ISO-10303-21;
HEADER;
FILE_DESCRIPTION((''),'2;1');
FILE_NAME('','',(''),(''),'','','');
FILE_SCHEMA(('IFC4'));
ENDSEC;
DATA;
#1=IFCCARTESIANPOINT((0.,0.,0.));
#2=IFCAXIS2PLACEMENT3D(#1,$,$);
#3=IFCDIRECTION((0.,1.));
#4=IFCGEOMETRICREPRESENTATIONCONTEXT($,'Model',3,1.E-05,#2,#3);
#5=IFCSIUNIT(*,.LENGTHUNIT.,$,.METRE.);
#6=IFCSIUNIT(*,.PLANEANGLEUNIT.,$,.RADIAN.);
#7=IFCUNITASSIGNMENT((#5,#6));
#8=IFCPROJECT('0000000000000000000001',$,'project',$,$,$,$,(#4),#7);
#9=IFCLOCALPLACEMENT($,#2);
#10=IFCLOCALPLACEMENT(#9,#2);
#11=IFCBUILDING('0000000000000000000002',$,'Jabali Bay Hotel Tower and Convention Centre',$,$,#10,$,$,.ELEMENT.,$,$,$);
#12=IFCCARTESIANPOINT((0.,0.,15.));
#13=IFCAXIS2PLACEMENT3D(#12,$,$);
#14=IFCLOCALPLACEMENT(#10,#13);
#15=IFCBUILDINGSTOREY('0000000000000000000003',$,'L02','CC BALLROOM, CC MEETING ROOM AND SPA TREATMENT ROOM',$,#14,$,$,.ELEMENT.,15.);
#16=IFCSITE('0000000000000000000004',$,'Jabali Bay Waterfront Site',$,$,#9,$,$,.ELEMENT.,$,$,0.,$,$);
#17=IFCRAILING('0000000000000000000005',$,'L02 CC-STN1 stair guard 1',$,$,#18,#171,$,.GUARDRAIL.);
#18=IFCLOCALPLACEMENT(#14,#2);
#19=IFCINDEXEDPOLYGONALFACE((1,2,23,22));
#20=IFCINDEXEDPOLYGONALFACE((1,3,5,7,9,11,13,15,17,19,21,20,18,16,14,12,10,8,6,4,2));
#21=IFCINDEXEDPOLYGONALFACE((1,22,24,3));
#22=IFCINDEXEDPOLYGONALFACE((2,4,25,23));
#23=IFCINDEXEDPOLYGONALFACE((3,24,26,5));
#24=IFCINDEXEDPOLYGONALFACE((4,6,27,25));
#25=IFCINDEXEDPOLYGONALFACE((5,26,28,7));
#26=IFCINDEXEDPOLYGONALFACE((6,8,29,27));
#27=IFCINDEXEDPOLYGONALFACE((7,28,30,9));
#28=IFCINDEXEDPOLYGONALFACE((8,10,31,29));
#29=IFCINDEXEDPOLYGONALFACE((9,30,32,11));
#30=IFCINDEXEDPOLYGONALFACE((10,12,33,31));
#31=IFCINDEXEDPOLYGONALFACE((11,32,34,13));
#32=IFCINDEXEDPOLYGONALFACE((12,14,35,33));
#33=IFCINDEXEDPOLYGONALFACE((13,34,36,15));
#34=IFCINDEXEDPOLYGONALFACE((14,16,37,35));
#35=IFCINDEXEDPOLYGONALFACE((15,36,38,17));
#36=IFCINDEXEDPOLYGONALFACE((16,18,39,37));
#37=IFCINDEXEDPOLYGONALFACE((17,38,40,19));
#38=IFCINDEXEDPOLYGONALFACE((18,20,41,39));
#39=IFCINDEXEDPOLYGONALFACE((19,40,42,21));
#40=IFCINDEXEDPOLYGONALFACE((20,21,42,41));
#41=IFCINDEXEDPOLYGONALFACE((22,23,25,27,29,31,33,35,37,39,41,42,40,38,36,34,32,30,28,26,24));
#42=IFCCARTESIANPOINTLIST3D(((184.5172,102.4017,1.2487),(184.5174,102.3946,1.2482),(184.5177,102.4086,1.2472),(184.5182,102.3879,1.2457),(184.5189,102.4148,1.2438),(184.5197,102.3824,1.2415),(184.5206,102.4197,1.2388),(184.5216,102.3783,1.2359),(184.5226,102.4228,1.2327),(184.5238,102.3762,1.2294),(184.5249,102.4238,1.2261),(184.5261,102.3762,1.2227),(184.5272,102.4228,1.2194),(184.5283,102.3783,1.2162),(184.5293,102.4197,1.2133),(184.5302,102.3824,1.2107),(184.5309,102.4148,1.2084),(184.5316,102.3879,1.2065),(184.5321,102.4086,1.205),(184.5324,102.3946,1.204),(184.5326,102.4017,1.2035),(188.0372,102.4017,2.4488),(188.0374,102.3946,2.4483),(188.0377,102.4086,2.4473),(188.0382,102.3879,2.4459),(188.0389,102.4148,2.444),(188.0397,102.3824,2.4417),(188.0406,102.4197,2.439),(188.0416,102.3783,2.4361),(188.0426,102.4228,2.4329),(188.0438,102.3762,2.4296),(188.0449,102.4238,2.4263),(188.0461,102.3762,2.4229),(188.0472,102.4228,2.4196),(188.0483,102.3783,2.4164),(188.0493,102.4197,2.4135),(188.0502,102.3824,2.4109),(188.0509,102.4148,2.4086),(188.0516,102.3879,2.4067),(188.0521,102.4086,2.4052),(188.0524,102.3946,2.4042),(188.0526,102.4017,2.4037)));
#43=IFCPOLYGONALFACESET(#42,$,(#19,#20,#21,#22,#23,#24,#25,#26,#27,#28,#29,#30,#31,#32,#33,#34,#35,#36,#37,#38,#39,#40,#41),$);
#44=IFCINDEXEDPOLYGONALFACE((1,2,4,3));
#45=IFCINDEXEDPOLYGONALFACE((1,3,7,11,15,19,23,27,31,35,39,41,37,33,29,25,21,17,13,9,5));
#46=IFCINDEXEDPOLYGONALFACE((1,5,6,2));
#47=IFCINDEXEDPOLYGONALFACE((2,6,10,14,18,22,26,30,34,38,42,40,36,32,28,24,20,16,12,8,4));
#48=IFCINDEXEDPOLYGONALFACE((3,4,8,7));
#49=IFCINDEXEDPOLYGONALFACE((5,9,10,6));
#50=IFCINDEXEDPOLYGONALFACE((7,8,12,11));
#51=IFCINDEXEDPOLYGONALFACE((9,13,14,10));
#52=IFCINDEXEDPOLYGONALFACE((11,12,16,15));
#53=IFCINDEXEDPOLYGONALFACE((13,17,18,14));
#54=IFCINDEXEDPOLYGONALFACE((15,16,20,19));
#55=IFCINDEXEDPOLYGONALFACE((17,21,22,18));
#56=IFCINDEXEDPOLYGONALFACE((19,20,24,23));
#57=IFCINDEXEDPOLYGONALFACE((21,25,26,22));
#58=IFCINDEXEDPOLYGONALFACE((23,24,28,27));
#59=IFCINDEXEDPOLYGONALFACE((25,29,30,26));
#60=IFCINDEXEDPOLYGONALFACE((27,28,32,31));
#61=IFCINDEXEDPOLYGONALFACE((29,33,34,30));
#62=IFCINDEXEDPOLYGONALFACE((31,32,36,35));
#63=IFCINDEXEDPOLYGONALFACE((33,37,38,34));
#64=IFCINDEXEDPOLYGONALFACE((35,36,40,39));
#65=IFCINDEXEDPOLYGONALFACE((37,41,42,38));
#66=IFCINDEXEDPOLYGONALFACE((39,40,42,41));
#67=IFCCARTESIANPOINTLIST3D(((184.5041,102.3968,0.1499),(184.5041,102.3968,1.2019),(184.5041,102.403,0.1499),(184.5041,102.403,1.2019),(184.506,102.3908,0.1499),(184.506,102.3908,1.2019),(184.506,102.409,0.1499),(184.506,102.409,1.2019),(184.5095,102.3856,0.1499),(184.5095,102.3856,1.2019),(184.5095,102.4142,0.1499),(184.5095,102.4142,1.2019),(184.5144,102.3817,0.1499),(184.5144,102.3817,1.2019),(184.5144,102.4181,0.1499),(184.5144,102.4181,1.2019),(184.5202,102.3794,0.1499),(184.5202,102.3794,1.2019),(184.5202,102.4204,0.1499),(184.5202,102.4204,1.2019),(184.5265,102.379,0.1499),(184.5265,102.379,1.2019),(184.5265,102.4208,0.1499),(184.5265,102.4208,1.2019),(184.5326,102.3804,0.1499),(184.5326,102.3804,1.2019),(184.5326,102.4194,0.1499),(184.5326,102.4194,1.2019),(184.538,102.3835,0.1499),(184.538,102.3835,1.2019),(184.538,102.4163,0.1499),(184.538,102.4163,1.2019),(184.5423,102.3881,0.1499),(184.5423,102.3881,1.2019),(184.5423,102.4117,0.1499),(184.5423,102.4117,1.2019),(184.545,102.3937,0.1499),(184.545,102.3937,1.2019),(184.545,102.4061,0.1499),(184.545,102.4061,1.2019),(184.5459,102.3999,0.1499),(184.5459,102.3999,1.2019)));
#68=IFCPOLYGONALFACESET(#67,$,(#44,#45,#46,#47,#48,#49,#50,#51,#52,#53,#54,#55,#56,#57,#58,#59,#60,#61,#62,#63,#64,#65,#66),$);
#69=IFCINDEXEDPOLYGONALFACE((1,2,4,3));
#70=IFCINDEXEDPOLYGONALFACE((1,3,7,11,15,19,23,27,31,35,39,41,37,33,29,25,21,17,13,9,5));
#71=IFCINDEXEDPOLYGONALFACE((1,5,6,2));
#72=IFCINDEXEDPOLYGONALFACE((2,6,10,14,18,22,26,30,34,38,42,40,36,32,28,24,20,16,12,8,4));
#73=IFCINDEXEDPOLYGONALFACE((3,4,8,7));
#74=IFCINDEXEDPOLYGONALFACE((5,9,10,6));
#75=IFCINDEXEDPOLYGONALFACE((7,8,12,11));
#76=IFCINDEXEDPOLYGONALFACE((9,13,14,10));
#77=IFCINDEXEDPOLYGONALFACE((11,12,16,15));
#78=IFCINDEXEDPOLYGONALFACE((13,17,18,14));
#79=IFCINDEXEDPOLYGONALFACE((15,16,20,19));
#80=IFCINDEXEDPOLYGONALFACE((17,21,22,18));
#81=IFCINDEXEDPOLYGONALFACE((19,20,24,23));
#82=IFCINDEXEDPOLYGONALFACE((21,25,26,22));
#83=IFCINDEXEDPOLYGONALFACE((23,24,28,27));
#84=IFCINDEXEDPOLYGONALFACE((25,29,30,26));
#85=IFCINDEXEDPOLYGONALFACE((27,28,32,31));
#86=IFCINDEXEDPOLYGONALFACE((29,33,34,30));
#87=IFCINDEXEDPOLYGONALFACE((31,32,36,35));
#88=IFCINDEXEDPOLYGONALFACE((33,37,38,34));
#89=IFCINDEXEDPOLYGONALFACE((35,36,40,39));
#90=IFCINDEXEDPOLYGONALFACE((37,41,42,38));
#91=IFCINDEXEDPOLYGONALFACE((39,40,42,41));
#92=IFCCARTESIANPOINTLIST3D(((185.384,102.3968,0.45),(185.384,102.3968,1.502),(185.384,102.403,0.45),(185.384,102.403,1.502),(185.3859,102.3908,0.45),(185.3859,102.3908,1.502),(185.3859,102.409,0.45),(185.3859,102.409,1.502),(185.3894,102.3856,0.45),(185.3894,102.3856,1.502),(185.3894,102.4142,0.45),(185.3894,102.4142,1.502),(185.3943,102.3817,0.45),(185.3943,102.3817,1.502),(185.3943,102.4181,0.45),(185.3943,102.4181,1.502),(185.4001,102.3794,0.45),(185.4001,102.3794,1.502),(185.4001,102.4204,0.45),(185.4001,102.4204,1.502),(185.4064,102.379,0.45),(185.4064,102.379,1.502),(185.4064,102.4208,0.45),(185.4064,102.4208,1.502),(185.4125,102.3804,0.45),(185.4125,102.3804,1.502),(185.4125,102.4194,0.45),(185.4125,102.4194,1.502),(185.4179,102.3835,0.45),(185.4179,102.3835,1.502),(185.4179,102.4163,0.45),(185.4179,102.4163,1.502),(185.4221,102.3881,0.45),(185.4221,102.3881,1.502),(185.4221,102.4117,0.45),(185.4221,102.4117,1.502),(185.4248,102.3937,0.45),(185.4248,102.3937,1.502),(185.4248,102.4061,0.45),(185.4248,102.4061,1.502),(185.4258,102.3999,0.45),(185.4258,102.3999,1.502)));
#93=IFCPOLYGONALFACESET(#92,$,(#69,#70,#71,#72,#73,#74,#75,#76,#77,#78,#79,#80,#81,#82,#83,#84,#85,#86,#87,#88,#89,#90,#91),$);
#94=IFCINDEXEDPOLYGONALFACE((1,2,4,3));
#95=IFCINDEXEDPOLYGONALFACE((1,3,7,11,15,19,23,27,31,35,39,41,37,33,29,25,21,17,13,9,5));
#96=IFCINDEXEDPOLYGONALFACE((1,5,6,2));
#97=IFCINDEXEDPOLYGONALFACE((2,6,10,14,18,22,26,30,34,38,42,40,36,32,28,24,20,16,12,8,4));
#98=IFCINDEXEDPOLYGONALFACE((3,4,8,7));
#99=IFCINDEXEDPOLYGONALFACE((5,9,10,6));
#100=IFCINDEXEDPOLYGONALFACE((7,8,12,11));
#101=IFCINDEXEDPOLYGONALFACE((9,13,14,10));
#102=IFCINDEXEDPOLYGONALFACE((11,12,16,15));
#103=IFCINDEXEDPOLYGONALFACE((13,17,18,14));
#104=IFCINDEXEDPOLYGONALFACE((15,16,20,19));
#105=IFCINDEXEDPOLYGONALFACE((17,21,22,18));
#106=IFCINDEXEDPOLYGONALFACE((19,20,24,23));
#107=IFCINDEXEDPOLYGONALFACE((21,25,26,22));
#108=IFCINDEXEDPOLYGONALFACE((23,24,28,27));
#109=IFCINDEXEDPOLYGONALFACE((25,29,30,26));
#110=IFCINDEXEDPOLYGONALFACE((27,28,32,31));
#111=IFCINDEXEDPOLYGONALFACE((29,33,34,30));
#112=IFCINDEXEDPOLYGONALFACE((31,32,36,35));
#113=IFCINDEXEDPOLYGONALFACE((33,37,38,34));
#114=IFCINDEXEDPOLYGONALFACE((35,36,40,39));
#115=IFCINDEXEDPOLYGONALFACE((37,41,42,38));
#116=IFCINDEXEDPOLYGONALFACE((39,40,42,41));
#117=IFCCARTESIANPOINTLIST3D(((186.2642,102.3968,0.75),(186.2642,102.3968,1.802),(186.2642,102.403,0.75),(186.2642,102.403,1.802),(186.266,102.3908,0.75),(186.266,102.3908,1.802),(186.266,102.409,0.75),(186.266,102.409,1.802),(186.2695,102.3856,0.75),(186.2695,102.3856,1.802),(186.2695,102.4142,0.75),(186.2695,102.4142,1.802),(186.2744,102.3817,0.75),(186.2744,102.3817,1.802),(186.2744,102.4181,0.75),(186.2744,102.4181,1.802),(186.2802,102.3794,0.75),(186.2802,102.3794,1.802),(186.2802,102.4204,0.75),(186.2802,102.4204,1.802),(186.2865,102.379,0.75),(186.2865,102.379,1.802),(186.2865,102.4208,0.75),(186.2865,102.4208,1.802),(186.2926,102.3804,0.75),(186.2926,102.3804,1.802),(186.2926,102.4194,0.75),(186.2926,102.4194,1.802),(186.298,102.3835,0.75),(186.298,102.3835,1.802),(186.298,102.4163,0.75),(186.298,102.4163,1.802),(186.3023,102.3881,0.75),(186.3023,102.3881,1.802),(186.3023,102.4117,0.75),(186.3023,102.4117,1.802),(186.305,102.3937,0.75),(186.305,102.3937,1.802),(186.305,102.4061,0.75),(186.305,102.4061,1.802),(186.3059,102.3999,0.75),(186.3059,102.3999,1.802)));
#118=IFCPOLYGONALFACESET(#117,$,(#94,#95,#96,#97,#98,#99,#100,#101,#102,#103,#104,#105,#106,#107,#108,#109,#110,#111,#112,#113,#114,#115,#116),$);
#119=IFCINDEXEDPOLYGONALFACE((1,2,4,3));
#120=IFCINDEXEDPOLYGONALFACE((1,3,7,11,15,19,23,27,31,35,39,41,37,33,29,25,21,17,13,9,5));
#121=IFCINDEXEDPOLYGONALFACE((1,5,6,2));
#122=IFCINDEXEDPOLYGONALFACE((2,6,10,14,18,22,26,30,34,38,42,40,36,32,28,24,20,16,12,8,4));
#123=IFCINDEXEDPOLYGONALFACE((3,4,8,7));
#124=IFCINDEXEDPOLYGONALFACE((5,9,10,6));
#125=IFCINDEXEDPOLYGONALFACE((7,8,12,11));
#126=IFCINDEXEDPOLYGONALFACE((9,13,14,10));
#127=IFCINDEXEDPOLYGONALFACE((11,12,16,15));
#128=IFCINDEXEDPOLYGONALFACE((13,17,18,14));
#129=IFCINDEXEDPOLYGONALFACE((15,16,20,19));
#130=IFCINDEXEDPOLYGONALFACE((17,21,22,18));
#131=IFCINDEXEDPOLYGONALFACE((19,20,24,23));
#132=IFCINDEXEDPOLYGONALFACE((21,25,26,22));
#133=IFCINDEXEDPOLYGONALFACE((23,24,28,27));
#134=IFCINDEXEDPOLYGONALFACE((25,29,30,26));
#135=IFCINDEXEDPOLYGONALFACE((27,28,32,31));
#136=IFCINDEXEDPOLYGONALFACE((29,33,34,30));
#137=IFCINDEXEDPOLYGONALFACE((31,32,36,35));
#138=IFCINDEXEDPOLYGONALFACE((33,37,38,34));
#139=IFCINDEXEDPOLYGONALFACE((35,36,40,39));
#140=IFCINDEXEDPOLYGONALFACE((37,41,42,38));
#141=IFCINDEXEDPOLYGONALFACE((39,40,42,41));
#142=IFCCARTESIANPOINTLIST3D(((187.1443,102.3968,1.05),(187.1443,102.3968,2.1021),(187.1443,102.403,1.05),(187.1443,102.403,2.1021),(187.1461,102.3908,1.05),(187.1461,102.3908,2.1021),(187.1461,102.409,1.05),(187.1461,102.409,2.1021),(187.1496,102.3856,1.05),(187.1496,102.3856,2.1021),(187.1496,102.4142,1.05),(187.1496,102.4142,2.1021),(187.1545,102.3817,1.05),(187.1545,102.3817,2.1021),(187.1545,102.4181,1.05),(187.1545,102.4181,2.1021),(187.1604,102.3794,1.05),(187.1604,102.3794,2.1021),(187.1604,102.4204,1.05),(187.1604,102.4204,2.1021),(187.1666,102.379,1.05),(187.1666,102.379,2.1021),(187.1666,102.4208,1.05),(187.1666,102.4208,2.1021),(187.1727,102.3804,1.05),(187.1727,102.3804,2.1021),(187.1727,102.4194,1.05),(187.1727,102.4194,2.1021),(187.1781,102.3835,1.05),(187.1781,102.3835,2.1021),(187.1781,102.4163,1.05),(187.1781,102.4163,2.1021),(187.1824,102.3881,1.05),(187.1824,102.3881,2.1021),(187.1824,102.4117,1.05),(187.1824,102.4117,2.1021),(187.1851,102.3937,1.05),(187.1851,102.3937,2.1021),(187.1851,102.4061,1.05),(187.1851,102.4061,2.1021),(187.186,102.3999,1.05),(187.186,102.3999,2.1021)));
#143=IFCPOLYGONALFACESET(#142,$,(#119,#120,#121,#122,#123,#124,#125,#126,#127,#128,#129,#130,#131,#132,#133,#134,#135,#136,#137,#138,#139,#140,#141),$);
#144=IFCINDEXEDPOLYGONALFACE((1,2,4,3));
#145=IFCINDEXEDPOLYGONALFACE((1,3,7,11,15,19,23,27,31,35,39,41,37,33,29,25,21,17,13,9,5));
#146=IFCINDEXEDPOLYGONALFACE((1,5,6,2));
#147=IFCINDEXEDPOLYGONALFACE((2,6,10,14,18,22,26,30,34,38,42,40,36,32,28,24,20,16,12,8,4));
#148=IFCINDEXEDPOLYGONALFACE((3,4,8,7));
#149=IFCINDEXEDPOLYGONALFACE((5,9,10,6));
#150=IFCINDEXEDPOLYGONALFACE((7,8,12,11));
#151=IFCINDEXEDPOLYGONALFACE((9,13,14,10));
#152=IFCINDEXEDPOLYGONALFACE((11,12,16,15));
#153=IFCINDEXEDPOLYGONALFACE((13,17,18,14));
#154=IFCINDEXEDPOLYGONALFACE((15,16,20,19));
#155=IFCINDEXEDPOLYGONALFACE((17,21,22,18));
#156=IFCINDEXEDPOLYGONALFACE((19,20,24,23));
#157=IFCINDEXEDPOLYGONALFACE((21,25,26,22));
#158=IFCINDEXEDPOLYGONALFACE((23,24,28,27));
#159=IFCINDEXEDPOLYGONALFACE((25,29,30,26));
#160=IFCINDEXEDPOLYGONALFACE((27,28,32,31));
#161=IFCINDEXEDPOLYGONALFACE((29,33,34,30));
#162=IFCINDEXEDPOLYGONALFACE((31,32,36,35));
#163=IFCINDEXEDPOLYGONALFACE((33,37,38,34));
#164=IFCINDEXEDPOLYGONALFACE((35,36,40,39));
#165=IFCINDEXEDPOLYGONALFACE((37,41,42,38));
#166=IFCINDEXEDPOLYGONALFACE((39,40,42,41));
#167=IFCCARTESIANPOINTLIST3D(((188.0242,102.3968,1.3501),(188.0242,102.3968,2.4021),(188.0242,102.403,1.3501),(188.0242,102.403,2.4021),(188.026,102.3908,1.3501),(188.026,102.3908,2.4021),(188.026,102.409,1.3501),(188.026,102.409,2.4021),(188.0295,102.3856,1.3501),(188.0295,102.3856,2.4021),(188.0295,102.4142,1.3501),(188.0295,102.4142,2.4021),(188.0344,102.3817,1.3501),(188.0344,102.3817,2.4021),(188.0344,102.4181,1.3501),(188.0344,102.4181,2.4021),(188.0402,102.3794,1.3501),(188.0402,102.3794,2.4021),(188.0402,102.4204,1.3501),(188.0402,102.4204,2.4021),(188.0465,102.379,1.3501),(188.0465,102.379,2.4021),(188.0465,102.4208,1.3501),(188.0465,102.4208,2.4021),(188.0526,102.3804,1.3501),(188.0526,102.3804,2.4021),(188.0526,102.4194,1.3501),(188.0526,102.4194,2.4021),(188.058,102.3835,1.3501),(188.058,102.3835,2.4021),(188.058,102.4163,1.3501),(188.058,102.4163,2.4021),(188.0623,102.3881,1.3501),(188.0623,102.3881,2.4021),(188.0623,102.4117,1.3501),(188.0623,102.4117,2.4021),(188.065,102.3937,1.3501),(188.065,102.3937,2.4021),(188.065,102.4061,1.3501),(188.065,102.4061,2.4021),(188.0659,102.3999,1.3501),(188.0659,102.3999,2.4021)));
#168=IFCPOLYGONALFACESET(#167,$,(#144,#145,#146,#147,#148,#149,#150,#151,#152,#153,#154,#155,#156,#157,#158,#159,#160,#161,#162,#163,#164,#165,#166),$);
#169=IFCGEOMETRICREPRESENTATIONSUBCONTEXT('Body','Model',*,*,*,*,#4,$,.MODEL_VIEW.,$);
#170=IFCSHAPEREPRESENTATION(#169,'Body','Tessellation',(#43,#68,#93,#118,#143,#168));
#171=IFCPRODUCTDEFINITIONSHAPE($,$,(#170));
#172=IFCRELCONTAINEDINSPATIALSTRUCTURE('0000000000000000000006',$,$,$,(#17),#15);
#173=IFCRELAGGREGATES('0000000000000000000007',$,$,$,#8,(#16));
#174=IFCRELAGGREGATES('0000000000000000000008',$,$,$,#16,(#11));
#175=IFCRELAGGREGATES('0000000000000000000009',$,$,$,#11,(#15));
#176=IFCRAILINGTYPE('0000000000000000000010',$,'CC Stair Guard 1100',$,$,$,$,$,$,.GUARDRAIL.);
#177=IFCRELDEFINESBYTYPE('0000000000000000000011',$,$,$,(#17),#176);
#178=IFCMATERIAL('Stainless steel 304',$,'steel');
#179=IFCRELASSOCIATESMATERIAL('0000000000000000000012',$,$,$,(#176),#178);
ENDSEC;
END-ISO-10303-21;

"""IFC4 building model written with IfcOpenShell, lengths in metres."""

from ifc_helpers import new_model, si_unit, direction, frame, origin, origin_2d, place, context, subcontext, project, spatial, circle, extrude, material, type_object, element, save


model = new_model("IFC4")

# Units and contexts
model_context = context("Model", 3, precision=1e-05, world=origin(), true_north=direction((0.0, 1.0)))
body_context = subcontext(model_context, "Body", "Model", "MODEL_VIEW")
ifc_project = project(units=[si_unit("LENGTHUNIT", "METRE"), si_unit("PLANEANGLEUNIT", "RADIAN")], contexts=[model_context])

# Site, building, storey
site_placement = place(None, origin())
site = spatial("IfcSite", under=ifc_project, at=site_placement, Name="Jabali Bay Waterfront Site", CompositionType="ELEMENT", RefElevation=0.0)
building_placement = place(site_placement, origin())
building = spatial("IfcBuilding", under=site, at=building_placement, Name="Jabali Bay Hotel Tower and Convention Centre", CompositionType="ELEMENT")
storey_placement = place(building_placement, frame((0.0, 0.0, 15.0)))
storey = spatial("IfcBuildingStorey", under=building, at=storey_placement, Name="L02", Description="CC BALLROOM, CC MEETING ROOM AND SPA TREATMENT ROOM", CompositionType="ELEMENT", Elevation=15.0)

# Railing
ifc_material_1 = material(Name="Stainless steel 304", Category="steel")
railing_type = type_object("IfcRailingType", Name="CC Stair Guard 1100", PredefinedType="GUARDRAIL", material=ifc_material_1)
railing_1_placement = place(storey_placement, frame((184.5249, 102.3999, 0.1499)))
element("IfcRailing", 1, at=railing_1_placement, inside=storey, type_object=railing_type, Name="L02 CC-STN1 stair guard 1", PredefinedType="GUARDRAIL", context=body_context, shape_type="SweptSolid", body=[
    extrude(circle(Radius=0.0239, at=origin_2d()), frame((0.0, 0.0, 1.0762), z_axis=(0.946495, 0.0, 0.322719), x_axis=(0.0, 1.0, 0.0)), (0.0, 0.0, 1.0), 3.719),
    extrude(circle(Radius=0.021, at=origin_2d()), origin(), (0.0, 0.0, 1.0), 1.052),
    extrude(circle(Radius=0.021, at=origin_2d()), frame((0.8799, 0.0, 0.3)), (0.0, 0.0, 1.0), 1.052),
    extrude(circle(Radius=0.021, at=origin_2d()), frame((1.76, 0.0, 0.6001)), (0.0, 0.0, 1.0), 1.052),
    extrude(circle(Radius=0.021, at=origin_2d()), frame((2.6401, 0.0, 0.9001)), (0.0, 0.0, 1.0), 1.052),
    extrude(circle(Radius=0.021, at=origin_2d()), frame((3.52, 0.0, 1.2002)), (0.0, 0.0, 1.0), 1.052),
])

save(model, "model.ifc")
